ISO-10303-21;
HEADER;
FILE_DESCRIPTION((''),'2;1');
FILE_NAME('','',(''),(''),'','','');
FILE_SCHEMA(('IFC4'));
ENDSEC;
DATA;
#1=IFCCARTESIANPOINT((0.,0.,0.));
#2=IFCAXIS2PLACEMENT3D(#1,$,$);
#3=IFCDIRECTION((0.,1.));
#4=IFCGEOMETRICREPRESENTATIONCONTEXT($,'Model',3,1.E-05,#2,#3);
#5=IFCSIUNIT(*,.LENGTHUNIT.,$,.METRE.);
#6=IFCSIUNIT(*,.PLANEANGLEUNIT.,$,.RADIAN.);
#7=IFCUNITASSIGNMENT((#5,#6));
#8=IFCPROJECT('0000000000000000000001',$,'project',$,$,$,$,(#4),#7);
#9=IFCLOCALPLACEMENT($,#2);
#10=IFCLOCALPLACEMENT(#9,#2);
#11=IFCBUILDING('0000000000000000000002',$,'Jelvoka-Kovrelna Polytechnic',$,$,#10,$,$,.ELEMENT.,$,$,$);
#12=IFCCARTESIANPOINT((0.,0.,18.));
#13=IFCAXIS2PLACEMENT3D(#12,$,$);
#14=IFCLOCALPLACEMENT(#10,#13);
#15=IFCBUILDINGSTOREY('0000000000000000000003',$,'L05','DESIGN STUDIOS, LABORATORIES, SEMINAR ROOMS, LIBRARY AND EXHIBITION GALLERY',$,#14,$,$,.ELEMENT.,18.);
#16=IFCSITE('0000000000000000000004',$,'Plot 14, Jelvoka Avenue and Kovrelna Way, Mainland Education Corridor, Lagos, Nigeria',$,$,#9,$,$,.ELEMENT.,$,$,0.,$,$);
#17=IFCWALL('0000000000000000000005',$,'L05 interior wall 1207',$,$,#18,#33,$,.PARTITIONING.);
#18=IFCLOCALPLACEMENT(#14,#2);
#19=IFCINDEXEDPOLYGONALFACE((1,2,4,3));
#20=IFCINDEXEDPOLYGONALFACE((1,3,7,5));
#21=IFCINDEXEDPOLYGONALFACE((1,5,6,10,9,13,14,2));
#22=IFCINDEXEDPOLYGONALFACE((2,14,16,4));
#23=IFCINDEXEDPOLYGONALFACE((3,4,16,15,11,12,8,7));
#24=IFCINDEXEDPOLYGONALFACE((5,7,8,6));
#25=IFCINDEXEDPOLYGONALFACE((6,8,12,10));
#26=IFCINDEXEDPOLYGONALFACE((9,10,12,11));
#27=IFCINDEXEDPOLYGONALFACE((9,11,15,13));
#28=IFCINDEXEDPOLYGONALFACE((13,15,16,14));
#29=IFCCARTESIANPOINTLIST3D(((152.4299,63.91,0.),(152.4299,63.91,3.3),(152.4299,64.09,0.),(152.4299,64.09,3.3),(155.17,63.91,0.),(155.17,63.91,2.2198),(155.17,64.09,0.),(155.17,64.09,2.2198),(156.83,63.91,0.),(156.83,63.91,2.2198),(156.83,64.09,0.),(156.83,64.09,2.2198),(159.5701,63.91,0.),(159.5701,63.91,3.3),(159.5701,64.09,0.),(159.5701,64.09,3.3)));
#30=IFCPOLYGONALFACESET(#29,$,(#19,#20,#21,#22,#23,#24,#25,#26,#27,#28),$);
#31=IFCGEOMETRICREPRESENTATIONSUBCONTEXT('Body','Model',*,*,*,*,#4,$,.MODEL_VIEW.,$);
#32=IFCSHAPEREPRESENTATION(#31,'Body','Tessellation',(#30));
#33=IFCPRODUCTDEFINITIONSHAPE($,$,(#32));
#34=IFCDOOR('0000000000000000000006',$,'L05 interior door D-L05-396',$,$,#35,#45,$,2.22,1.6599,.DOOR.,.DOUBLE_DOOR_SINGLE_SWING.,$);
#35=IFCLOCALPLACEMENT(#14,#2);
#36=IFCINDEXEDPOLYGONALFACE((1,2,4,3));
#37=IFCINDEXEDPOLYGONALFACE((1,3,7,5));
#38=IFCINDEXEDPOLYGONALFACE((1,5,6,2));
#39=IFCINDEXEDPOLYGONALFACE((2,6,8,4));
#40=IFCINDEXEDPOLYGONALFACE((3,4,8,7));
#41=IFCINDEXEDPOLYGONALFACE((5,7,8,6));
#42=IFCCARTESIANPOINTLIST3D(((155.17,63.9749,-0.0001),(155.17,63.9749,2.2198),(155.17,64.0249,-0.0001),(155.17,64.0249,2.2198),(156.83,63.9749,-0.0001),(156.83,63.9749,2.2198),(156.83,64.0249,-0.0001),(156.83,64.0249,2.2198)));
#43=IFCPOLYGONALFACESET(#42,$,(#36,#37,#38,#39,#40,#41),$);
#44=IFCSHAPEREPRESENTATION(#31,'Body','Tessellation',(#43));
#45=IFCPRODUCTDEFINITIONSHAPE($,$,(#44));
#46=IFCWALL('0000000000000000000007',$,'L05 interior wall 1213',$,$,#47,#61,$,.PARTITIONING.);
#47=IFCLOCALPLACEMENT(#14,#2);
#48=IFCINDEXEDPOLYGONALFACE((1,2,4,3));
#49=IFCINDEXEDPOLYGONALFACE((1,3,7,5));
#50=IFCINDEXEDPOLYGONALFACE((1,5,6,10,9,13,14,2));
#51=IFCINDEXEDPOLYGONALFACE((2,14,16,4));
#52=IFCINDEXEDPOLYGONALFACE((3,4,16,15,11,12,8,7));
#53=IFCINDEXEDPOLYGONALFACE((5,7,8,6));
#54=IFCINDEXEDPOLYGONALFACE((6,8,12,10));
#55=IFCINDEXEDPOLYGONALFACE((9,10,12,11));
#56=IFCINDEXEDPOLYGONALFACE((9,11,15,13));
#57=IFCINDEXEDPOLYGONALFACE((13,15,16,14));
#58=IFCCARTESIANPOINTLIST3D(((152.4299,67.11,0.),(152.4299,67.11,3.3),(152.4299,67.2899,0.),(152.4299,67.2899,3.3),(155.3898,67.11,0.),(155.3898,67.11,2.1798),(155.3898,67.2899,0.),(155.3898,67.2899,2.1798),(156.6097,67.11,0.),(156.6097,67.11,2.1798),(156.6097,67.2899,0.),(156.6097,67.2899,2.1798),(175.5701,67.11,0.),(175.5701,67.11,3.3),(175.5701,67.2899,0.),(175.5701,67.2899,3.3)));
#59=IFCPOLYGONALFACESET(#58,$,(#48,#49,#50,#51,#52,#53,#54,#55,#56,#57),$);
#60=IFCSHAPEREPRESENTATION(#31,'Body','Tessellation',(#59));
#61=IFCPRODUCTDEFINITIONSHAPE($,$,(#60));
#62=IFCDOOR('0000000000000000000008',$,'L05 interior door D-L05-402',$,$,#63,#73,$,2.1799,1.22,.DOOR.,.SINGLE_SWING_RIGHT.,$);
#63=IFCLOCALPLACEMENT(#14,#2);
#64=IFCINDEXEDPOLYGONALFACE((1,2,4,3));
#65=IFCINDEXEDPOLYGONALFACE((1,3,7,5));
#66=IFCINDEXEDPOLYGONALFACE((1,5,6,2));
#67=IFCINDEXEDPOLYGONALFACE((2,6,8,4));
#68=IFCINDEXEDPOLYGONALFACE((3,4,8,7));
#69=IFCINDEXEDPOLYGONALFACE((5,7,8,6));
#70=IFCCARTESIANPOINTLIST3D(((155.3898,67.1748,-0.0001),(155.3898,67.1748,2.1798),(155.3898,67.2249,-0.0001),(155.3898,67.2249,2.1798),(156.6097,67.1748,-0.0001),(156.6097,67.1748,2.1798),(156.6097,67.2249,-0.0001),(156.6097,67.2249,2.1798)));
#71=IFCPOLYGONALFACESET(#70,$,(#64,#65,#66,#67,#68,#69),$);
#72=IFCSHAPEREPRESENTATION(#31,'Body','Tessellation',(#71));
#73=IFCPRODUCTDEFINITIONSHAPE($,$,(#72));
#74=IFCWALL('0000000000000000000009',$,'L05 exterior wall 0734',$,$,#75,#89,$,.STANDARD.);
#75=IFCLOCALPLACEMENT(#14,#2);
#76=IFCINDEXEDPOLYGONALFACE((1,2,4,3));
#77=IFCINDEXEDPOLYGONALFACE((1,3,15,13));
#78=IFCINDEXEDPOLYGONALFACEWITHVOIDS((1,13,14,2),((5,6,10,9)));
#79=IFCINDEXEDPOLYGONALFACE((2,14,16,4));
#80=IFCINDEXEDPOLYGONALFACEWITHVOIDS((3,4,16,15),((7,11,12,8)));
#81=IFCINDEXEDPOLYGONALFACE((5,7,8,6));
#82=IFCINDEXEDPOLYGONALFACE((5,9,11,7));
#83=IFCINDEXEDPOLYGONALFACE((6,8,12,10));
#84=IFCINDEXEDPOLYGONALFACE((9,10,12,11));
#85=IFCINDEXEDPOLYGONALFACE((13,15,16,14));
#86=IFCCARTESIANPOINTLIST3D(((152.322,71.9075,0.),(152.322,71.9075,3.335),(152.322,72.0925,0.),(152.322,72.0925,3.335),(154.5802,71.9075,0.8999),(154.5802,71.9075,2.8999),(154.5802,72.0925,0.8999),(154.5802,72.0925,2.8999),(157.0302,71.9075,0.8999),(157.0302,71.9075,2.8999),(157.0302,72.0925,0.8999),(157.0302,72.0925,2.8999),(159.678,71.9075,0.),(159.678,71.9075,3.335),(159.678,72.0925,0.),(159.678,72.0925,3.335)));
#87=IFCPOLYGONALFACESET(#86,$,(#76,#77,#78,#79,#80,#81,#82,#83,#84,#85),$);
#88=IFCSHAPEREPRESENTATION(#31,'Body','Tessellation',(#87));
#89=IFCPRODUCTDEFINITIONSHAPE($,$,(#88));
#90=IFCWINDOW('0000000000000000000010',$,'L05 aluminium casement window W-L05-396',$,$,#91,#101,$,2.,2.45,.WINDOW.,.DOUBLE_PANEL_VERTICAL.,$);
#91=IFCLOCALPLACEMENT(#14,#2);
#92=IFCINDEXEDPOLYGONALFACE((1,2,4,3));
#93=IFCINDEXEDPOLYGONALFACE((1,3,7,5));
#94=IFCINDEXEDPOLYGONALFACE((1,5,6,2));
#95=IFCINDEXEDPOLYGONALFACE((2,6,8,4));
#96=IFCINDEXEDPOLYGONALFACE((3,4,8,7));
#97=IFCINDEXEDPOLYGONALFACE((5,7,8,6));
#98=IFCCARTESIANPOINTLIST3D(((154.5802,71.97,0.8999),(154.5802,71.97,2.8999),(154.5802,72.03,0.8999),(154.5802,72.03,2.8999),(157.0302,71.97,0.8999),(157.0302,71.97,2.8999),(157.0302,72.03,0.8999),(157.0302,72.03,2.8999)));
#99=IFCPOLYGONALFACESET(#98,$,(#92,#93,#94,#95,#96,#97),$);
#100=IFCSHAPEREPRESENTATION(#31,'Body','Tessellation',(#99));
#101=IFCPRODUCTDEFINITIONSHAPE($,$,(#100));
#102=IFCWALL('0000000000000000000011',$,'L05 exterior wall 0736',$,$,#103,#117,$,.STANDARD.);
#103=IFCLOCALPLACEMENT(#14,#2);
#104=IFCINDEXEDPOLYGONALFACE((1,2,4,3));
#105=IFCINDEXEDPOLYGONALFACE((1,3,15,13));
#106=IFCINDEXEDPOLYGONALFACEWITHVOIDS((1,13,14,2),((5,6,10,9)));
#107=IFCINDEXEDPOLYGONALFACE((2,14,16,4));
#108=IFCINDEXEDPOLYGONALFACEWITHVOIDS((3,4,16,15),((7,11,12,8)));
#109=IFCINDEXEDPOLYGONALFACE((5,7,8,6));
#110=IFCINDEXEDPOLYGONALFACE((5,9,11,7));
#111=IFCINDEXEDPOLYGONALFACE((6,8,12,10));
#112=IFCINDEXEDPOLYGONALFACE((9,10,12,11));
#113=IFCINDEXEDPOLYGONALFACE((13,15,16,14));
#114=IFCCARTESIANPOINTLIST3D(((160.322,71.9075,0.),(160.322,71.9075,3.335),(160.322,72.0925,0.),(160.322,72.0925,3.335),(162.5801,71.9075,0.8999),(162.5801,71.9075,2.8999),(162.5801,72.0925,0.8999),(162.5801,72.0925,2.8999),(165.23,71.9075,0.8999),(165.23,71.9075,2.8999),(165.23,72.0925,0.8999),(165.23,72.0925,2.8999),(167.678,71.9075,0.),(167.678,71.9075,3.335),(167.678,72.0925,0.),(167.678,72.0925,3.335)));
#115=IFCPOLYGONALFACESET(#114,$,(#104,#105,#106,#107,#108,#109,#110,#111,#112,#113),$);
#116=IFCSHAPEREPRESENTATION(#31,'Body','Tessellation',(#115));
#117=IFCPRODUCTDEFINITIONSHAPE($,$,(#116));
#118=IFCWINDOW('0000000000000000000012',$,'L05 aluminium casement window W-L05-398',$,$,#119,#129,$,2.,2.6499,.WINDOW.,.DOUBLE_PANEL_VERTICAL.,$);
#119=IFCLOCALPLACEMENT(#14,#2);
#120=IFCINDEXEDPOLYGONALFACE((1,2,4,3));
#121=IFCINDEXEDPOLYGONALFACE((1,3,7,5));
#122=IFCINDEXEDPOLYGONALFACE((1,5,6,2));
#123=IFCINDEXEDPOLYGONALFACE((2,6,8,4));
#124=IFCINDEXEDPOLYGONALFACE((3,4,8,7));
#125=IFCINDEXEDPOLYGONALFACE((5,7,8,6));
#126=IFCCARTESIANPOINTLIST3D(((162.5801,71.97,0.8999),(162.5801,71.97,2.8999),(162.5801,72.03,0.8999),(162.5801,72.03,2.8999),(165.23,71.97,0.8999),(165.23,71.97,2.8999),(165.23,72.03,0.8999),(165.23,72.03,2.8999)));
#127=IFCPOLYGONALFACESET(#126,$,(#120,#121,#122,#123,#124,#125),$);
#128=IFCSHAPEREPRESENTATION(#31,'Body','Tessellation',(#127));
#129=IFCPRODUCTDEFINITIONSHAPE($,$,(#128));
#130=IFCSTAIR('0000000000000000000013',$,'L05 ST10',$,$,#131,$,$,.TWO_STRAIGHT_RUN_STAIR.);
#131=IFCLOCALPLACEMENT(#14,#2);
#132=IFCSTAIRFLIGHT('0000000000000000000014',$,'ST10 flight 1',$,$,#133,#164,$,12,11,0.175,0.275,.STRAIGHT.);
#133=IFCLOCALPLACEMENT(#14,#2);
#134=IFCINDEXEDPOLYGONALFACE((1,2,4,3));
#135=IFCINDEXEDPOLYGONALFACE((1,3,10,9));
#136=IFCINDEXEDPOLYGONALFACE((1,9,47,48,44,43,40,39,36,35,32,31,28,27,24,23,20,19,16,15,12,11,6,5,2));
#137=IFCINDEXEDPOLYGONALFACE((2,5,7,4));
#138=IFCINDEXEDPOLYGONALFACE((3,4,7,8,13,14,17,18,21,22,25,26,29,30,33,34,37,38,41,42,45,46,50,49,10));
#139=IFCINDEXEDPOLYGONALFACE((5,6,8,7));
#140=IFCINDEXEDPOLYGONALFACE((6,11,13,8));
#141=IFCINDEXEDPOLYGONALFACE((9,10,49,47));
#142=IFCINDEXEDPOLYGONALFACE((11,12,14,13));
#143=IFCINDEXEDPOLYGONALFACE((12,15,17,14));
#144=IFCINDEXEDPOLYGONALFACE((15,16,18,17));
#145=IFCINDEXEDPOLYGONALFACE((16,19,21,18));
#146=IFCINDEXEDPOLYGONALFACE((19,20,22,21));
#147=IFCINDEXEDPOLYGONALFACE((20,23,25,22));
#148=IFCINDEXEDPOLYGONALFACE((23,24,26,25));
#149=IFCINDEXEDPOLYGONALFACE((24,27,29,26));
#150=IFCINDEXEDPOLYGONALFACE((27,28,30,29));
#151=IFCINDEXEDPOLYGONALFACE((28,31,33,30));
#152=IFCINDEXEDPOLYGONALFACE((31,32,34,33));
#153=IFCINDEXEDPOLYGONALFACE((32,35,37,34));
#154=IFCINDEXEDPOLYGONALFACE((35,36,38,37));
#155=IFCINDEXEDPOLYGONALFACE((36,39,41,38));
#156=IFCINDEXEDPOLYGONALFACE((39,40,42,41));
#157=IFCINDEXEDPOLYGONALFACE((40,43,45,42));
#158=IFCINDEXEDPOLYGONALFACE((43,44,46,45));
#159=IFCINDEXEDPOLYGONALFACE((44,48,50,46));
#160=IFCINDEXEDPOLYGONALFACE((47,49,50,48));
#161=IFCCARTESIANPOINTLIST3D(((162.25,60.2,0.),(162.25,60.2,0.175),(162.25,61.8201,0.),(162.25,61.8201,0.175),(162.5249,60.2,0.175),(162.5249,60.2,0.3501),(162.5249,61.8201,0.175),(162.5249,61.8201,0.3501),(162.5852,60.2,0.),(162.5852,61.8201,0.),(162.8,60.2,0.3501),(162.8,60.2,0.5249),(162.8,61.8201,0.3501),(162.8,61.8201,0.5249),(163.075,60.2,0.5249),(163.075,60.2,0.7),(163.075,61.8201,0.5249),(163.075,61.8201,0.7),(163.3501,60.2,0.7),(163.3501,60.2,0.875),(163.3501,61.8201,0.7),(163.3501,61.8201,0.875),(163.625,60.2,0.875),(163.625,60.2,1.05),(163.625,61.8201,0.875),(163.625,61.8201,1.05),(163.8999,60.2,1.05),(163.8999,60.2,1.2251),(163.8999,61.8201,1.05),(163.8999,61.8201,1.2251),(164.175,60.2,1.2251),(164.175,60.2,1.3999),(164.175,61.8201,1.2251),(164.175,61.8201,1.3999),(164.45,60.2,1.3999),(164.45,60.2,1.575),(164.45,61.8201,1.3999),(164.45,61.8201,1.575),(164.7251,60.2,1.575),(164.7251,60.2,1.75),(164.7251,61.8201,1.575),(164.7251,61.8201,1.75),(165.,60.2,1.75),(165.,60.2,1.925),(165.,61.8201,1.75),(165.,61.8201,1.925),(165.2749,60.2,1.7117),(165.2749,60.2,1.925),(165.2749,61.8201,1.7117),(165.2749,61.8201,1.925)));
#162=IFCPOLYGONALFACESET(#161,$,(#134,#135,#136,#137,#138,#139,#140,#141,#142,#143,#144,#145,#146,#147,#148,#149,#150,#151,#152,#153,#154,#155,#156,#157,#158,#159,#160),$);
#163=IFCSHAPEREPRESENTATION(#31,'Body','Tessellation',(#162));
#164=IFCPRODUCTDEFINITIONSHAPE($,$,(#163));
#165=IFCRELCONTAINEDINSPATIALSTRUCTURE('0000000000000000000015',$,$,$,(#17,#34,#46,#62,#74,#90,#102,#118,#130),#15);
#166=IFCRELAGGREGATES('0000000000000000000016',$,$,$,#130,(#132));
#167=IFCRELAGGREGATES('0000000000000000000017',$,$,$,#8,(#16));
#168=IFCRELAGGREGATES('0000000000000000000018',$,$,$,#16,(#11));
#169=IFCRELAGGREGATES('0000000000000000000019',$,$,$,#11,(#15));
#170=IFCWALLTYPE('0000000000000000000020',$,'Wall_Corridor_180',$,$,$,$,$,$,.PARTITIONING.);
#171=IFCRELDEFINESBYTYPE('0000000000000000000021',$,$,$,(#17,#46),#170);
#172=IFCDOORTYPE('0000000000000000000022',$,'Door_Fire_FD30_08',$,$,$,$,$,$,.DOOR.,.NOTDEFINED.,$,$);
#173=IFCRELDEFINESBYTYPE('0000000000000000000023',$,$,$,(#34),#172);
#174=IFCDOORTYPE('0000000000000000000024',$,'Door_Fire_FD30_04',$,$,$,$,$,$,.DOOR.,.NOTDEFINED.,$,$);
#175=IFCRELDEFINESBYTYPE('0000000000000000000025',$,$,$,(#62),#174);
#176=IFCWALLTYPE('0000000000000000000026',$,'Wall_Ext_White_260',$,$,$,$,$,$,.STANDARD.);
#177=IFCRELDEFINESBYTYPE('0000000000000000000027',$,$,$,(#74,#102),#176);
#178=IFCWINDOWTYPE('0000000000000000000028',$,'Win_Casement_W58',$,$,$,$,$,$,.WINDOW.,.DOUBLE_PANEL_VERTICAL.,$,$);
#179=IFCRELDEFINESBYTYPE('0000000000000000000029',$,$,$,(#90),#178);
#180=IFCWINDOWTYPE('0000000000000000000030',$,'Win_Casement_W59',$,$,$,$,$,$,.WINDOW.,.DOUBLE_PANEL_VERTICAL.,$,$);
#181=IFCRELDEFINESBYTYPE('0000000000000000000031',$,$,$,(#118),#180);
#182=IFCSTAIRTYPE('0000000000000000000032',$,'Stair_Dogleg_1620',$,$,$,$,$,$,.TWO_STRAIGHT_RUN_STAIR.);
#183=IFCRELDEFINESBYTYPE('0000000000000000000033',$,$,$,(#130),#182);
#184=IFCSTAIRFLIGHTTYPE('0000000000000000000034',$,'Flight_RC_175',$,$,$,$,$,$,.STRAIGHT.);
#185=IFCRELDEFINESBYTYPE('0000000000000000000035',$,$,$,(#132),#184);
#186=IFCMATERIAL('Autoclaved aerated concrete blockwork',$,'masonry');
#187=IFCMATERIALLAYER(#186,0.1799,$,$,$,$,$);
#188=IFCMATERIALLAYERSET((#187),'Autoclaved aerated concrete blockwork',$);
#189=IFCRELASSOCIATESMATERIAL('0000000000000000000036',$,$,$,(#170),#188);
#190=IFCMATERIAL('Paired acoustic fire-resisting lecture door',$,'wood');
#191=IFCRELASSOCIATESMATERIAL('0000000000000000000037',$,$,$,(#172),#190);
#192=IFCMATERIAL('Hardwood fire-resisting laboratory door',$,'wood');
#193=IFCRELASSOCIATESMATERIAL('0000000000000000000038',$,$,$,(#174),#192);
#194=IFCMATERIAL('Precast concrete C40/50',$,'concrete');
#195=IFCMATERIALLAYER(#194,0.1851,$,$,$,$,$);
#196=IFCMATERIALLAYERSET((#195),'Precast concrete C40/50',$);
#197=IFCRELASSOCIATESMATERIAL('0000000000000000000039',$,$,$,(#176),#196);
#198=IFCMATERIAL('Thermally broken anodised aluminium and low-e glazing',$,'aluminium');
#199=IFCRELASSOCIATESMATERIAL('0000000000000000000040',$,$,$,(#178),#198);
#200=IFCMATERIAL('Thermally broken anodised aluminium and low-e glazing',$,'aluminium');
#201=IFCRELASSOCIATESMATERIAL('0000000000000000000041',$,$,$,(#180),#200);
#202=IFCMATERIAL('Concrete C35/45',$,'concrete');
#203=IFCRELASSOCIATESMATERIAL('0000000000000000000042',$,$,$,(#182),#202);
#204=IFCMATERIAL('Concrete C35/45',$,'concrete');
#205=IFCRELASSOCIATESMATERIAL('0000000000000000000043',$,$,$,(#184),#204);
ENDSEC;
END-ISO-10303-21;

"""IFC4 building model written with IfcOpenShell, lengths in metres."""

from ifc_helpers import new_model, si_unit, direction, frame, frame_2d, origin, place, context, subcontext, project, spatial, polyline, rectangle, outline, extrude, material, layer, layer_set, type_object, element, fill, aggregate, save


model = new_model("IFC4")

# Units and contexts
model_context = context("Model", 3, precision=1e-05, world=origin(), true_north=direction((0.0, 1.0)))
body_context = subcontext(model_context, "Body", "Model", "MODEL_VIEW")
ifc_project = project(units=[si_unit("LENGTHUNIT", "METRE"), si_unit("PLANEANGLEUNIT", "RADIAN")], contexts=[model_context])

# Site, building, storey
site_placement = place(None, origin())
site = spatial("IfcSite", under=ifc_project, at=site_placement, Name="Plot 14, Jelvoka Avenue and Kovrelna Way, Mainland Education Corridor, Lagos, Nigeria", CompositionType="ELEMENT", RefElevation=0.0)
building_placement = place(site_placement, origin())
building = spatial("IfcBuilding", under=site, at=building_placement, Name="Jelvoka-Kovrelna Polytechnic", CompositionType="ELEMENT")
storey_placement = place(building_placement, frame((0.0, 0.0, 18.0)))
storey = spatial("IfcBuildingStorey", under=building, at=storey_placement, Name="L05", Description="DESIGN STUDIOS, LABORATORIES, SEMINAR ROOMS, LIBRARY AND EXHIBITION GALLERY", CompositionType="ELEMENT", Elevation=18.0)

# Walls, openings, doors
ifc_material_1 = material(Name="Autoclaved aerated concrete blockwork", Category="masonry")
ifc_layer_1 = layer(ifc_material_1, 0.1799)
ifc_layer_set_1 = layer_set([ifc_layer_1], Name="Autoclaved aerated concrete blockwork")
wall_type_1 = type_object("IfcWallType", Name="Wall_Corridor_180", PredefinedType="PARTITIONING", material=ifc_layer_set_1)
wall_1_placement = place(storey_placement, frame((152.4299, 64.0, 0.0), z_axis=(0.0, 0.0, 1.0), x_axis=(1.0, 0.0, 0.0)))
wall_1 = element("IfcWall", 1, at=wall_1_placement, inside=storey, type_object=wall_type_1, Name="L05 interior wall 1207", PredefinedType="PARTITIONING", context=body_context, shape_type="SweptSolid", body=[
    extrude(rectangle(XDim=7.1401, YDim=0.1799, at=frame_2d((3.5701, 0.0))), origin(), (0.0, 0.0, 1.0), 3.3),
])
opening_1_placement = place(wall_1_placement, frame((2.74, 0.0, 0.0)))
opening_1 = element("IfcOpeningElement", 2, at=opening_1_placement, cuts=wall_1, PredefinedType="OPENING", context=body_context, shape_type="SweptSolid", body=[
    extrude(rectangle(XDim=1.6599, YDim=2.22, at=frame_2d((0.8301, 1.1099))), frame((0.0, 0.0999, 0.0), z_axis=(0.0, -1.0, 0.0), x_axis=(1.0, 0.0, 0.0)), (0.0, 0.0, 1.0), 0.2),
])
ifc_material_2 = material(Name="Paired acoustic fire-resisting lecture door", Category="wood")
door_type_1 = type_object("IfcDoorType", Name="Door_Fire_FD30_08", OperationType="NOTDEFINED", PredefinedType="DOOR", material=ifc_material_2)
door_1_placement = place(opening_1_placement, origin())
door_1 = element("IfcDoor", 3, at=door_1_placement, inside=storey, type_object=door_type_1, Name="L05 interior door D-L05-396", OperationType="DOUBLE_DOOR_SINGLE_SWING", OverallHeight=2.22, OverallWidth=1.6599, PredefinedType="DOOR", context=body_context, shape_type="SweptSolid", body=[
    extrude(rectangle(XDim=1.6599, YDim=2.22, at=frame_2d((0.8301, 1.1099))), frame((0.0, 0.0249, 0.0), z_axis=(0.0, -1.0, 0.0), x_axis=(1.0, 0.0, 0.0)), (0.0, 0.0, 1.0), 0.05),
])
fill(opening_1, door_1)
wall_2_placement = place(storey_placement, frame((152.4299, 67.2, 0.0), z_axis=(0.0, 0.0, 1.0), x_axis=(1.0, 0.0, 0.0)))
wall_2 = element("IfcWall", 4, at=wall_2_placement, inside=storey, type_object=wall_type_1, Name="L05 interior wall 1213", PredefinedType="PARTITIONING", context=body_context, shape_type="SweptSolid", body=[
    extrude(rectangle(XDim=23.1401, YDim=0.1799, at=frame_2d((11.5701, 0.0))), origin(), (0.0, 0.0, 1.0), 3.3),
])
opening_2_placement = place(wall_2_placement, frame((2.96, 0.0, 0.0)))
opening_2 = element("IfcOpeningElement", 5, at=opening_2_placement, cuts=wall_2, PredefinedType="OPENING", context=body_context, shape_type="SweptSolid", body=[
    extrude(rectangle(XDim=1.22, YDim=2.1799, at=frame_2d((0.6099, 1.0898))), frame((0.0, 0.0999, 0.0), z_axis=(0.0, -1.0, 0.0), x_axis=(1.0, 0.0, 0.0)), (0.0, 0.0, 1.0), 0.2),
])
ifc_material_3 = material(Name="Hardwood fire-resisting laboratory door", Category="wood")
door_type_2 = type_object("IfcDoorType", Name="Door_Fire_FD30_04", OperationType="NOTDEFINED", PredefinedType="DOOR", material=ifc_material_3)
door_2_placement = place(opening_2_placement, origin())
door_2 = element("IfcDoor", 6, at=door_2_placement, inside=storey, type_object=door_type_2, Name="L05 interior door D-L05-402", OperationType="SINGLE_SWING_RIGHT", OverallHeight=2.1799, OverallWidth=1.22, PredefinedType="DOOR", context=body_context, shape_type="SweptSolid", body=[
    extrude(rectangle(XDim=1.22, YDim=2.1799, at=frame_2d((0.6099, 1.0898))), frame((0.0, 0.0249, 0.0), z_axis=(0.0, -1.0, 0.0), x_axis=(1.0, 0.0, 0.0)), (0.0, 0.0, 1.0), 0.05),
])
fill(opening_2, door_2)

# Walls, openings, windows
ifc_material_4 = material(Name="Precast concrete C40/50", Category="concrete")
ifc_layer_2 = layer(ifc_material_4, 0.1851)
ifc_layer_set_2 = layer_set([ifc_layer_2], Name="Precast concrete C40/50")
wall_type_2 = type_object("IfcWallType", Name="Wall_Ext_White_260", PredefinedType="STANDARD", material=ifc_layer_set_2)
wall_3_placement = place(storey_placement, frame((152.322, 72.0, 0.0), z_axis=(0.0, 0.0, 1.0), x_axis=(1.0, 0.0, 0.0)))
wall_3 = element("IfcWall", 7, at=wall_3_placement, inside=storey, type_object=wall_type_2, Name="L05 exterior wall 0734", PredefinedType="STANDARD", context=body_context, shape_type="SweptSolid", body=[
    extrude(rectangle(XDim=7.356, YDim=0.1851, at=frame_2d((3.678, 0.0))), origin(), (0.0, 0.0, 1.0), 3.335),
])
opening_3_placement = place(wall_3_placement, frame((2.2581, 0.0, 0.8999)))
opening_3 = element("IfcOpeningElement", 8, at=opening_3_placement, cuts=wall_3, PredefinedType="OPENING", context=body_context, shape_type="SweptSolid", body=[
    extrude(rectangle(XDim=2.45, YDim=2.0, at=frame_2d((1.2251, 1.0))), frame((0.0, 0.1025, 0.0), z_axis=(0.0, -1.0, 0.0), x_axis=(1.0, 0.0, 0.0)), (0.0, 0.0, 1.0), 0.2051),
])
ifc_material_5 = material(Name="Thermally broken anodised aluminium and low-e glazing", Category="aluminium")
window_type_1 = type_object("IfcWindowType", Name="Win_Casement_W58", PartitioningType="DOUBLE_PANEL_VERTICAL", PredefinedType="WINDOW", material=ifc_material_5)
window_1_placement = place(opening_3_placement, origin())
window_1 = element("IfcWindow", 9, at=window_1_placement, inside=storey, type_object=window_type_1, Name="L05 aluminium casement window W-L05-396", OverallHeight=2.0, OverallWidth=2.45, PartitioningType="DOUBLE_PANEL_VERTICAL", PredefinedType="WINDOW", context=body_context, shape_type="SweptSolid", body=[
    extrude(rectangle(XDim=2.45, YDim=2.0, at=frame_2d((1.2251, 1.0))), frame((0.0, 0.03, 0.0), z_axis=(0.0, -1.0, 0.0), x_axis=(1.0, 0.0, 0.0)), (0.0, 0.0, 1.0), 0.0601),
])
fill(opening_3, window_1)
wall_4_placement = place(storey_placement, frame((160.322, 72.0, 0.0), z_axis=(0.0, 0.0, 1.0), x_axis=(1.0, 0.0, 0.0)))
wall_4 = element("IfcWall", 10, at=wall_4_placement, inside=storey, type_object=wall_type_2, Name="L05 exterior wall 0736", PredefinedType="STANDARD", context=body_context, shape_type="SweptSolid", body=[
    extrude(rectangle(XDim=7.356, YDim=0.1851, at=frame_2d((3.678, 0.0))), origin(), (0.0, 0.0, 1.0), 3.335),
])
opening_4_placement = place(wall_4_placement, frame((2.2581, 0.0, 0.8999)))
opening_4 = element("IfcOpeningElement", 11, at=opening_4_placement, cuts=wall_4, PredefinedType="OPENING", context=body_context, shape_type="SweptSolid", body=[
    extrude(rectangle(XDim=2.6499, YDim=2.0, at=frame_2d((1.325, 1.0))), frame((0.0, 0.1025, 0.0), z_axis=(0.0, -1.0, 0.0), x_axis=(1.0, 0.0, 0.0)), (0.0, 0.0, 1.0), 0.2051),
])
ifc_material_6 = material(Name="Thermally broken anodised aluminium and low-e glazing", Category="aluminium")
window_type_2 = type_object("IfcWindowType", Name="Win_Casement_W59", PartitioningType="DOUBLE_PANEL_VERTICAL", PredefinedType="WINDOW", material=ifc_material_6)
window_2_placement = place(opening_4_placement, origin())
window_2 = element("IfcWindow", 12, at=window_2_placement, inside=storey, type_object=window_type_2, Name="L05 aluminium casement window W-L05-398", OverallHeight=2.0, OverallWidth=2.6499, PartitioningType="DOUBLE_PANEL_VERTICAL", PredefinedType="WINDOW", context=body_context, shape_type="SweptSolid", body=[
    extrude(rectangle(XDim=2.6499, YDim=2.0, at=frame_2d((1.325, 1.0))), frame((0.0, 0.03, 0.0), z_axis=(0.0, -1.0, 0.0), x_axis=(1.0, 0.0, 0.0)), (0.0, 0.0, 1.0), 0.0601),
])
fill(opening_4, window_2)

# Stair, stair flight
ifc_material_7 = material(Name="Concrete C35/45", Category="concrete")
stair_type = type_object("IfcStairType", Name="Stair_Dogleg_1620", PredefinedType="TWO_STRAIGHT_RUN_STAIR", material=ifc_material_7)
stair_placement = place(storey_placement, origin())
stair = element("IfcStair", 13, at=stair_placement, inside=storey, type_object=stair_type, Name="L05 ST10", PredefinedType="TWO_STRAIGHT_RUN_STAIR")
ifc_material_8 = material(Name="Concrete C35/45", Category="concrete")
stair_flight_type = type_object("IfcStairFlightType", Name="Flight_RC_175", PredefinedType="STRAIGHT", material=ifc_material_8)
stair_flight_placement = place(storey_placement, frame((162.25, 61.01, 0.0), z_axis=(0.0, 0.0, 1.0), x_axis=(1.0, 0.0, 0.0)))
stair_flight = element("IfcStairFlight", 14, at=stair_flight_placement, type_object=stair_flight_type, Name="ST10 flight 1", NumberOfRisers=12, NumberOfTreads=11, PredefinedType="STRAIGHT", RiserHeight=0.175, TreadLength=0.275, context=body_context, shape_type="SweptSolid", body=[
    extrude(outline(polyline([(0.0, 0.0), (0.0, 0.175), (0.2749, 0.175), (0.2749, 0.3501), (0.55, 0.3501), (0.55, 0.5249), (0.825, 0.5249), (0.825, 0.7), (1.1001, 0.7), (1.1001, 0.875), (1.375, 0.875), (1.375, 1.05), (1.6499, 1.05), (1.6499, 1.2251), (1.925, 1.2251), (1.925, 1.3999), (2.2, 1.3999), (2.2, 1.575), (2.4751, 1.575), (2.4751, 1.75), (2.75, 1.75), (2.75, 1.925), (3.0249, 1.925), (3.0249, 2.1001), (3.0249, 1.7117), (0.3352, 0.0), (0.0, 0.0)])), frame((0.0, 0.8101, 0.0), z_axis=(0.0, -1.0, 0.0), x_axis=(1.0, 0.0, 0.0)), (0.0, 0.0, 1.0), 1.6201),
])
aggregate(stair, [stair_flight])

save(model, "model.ifc")
